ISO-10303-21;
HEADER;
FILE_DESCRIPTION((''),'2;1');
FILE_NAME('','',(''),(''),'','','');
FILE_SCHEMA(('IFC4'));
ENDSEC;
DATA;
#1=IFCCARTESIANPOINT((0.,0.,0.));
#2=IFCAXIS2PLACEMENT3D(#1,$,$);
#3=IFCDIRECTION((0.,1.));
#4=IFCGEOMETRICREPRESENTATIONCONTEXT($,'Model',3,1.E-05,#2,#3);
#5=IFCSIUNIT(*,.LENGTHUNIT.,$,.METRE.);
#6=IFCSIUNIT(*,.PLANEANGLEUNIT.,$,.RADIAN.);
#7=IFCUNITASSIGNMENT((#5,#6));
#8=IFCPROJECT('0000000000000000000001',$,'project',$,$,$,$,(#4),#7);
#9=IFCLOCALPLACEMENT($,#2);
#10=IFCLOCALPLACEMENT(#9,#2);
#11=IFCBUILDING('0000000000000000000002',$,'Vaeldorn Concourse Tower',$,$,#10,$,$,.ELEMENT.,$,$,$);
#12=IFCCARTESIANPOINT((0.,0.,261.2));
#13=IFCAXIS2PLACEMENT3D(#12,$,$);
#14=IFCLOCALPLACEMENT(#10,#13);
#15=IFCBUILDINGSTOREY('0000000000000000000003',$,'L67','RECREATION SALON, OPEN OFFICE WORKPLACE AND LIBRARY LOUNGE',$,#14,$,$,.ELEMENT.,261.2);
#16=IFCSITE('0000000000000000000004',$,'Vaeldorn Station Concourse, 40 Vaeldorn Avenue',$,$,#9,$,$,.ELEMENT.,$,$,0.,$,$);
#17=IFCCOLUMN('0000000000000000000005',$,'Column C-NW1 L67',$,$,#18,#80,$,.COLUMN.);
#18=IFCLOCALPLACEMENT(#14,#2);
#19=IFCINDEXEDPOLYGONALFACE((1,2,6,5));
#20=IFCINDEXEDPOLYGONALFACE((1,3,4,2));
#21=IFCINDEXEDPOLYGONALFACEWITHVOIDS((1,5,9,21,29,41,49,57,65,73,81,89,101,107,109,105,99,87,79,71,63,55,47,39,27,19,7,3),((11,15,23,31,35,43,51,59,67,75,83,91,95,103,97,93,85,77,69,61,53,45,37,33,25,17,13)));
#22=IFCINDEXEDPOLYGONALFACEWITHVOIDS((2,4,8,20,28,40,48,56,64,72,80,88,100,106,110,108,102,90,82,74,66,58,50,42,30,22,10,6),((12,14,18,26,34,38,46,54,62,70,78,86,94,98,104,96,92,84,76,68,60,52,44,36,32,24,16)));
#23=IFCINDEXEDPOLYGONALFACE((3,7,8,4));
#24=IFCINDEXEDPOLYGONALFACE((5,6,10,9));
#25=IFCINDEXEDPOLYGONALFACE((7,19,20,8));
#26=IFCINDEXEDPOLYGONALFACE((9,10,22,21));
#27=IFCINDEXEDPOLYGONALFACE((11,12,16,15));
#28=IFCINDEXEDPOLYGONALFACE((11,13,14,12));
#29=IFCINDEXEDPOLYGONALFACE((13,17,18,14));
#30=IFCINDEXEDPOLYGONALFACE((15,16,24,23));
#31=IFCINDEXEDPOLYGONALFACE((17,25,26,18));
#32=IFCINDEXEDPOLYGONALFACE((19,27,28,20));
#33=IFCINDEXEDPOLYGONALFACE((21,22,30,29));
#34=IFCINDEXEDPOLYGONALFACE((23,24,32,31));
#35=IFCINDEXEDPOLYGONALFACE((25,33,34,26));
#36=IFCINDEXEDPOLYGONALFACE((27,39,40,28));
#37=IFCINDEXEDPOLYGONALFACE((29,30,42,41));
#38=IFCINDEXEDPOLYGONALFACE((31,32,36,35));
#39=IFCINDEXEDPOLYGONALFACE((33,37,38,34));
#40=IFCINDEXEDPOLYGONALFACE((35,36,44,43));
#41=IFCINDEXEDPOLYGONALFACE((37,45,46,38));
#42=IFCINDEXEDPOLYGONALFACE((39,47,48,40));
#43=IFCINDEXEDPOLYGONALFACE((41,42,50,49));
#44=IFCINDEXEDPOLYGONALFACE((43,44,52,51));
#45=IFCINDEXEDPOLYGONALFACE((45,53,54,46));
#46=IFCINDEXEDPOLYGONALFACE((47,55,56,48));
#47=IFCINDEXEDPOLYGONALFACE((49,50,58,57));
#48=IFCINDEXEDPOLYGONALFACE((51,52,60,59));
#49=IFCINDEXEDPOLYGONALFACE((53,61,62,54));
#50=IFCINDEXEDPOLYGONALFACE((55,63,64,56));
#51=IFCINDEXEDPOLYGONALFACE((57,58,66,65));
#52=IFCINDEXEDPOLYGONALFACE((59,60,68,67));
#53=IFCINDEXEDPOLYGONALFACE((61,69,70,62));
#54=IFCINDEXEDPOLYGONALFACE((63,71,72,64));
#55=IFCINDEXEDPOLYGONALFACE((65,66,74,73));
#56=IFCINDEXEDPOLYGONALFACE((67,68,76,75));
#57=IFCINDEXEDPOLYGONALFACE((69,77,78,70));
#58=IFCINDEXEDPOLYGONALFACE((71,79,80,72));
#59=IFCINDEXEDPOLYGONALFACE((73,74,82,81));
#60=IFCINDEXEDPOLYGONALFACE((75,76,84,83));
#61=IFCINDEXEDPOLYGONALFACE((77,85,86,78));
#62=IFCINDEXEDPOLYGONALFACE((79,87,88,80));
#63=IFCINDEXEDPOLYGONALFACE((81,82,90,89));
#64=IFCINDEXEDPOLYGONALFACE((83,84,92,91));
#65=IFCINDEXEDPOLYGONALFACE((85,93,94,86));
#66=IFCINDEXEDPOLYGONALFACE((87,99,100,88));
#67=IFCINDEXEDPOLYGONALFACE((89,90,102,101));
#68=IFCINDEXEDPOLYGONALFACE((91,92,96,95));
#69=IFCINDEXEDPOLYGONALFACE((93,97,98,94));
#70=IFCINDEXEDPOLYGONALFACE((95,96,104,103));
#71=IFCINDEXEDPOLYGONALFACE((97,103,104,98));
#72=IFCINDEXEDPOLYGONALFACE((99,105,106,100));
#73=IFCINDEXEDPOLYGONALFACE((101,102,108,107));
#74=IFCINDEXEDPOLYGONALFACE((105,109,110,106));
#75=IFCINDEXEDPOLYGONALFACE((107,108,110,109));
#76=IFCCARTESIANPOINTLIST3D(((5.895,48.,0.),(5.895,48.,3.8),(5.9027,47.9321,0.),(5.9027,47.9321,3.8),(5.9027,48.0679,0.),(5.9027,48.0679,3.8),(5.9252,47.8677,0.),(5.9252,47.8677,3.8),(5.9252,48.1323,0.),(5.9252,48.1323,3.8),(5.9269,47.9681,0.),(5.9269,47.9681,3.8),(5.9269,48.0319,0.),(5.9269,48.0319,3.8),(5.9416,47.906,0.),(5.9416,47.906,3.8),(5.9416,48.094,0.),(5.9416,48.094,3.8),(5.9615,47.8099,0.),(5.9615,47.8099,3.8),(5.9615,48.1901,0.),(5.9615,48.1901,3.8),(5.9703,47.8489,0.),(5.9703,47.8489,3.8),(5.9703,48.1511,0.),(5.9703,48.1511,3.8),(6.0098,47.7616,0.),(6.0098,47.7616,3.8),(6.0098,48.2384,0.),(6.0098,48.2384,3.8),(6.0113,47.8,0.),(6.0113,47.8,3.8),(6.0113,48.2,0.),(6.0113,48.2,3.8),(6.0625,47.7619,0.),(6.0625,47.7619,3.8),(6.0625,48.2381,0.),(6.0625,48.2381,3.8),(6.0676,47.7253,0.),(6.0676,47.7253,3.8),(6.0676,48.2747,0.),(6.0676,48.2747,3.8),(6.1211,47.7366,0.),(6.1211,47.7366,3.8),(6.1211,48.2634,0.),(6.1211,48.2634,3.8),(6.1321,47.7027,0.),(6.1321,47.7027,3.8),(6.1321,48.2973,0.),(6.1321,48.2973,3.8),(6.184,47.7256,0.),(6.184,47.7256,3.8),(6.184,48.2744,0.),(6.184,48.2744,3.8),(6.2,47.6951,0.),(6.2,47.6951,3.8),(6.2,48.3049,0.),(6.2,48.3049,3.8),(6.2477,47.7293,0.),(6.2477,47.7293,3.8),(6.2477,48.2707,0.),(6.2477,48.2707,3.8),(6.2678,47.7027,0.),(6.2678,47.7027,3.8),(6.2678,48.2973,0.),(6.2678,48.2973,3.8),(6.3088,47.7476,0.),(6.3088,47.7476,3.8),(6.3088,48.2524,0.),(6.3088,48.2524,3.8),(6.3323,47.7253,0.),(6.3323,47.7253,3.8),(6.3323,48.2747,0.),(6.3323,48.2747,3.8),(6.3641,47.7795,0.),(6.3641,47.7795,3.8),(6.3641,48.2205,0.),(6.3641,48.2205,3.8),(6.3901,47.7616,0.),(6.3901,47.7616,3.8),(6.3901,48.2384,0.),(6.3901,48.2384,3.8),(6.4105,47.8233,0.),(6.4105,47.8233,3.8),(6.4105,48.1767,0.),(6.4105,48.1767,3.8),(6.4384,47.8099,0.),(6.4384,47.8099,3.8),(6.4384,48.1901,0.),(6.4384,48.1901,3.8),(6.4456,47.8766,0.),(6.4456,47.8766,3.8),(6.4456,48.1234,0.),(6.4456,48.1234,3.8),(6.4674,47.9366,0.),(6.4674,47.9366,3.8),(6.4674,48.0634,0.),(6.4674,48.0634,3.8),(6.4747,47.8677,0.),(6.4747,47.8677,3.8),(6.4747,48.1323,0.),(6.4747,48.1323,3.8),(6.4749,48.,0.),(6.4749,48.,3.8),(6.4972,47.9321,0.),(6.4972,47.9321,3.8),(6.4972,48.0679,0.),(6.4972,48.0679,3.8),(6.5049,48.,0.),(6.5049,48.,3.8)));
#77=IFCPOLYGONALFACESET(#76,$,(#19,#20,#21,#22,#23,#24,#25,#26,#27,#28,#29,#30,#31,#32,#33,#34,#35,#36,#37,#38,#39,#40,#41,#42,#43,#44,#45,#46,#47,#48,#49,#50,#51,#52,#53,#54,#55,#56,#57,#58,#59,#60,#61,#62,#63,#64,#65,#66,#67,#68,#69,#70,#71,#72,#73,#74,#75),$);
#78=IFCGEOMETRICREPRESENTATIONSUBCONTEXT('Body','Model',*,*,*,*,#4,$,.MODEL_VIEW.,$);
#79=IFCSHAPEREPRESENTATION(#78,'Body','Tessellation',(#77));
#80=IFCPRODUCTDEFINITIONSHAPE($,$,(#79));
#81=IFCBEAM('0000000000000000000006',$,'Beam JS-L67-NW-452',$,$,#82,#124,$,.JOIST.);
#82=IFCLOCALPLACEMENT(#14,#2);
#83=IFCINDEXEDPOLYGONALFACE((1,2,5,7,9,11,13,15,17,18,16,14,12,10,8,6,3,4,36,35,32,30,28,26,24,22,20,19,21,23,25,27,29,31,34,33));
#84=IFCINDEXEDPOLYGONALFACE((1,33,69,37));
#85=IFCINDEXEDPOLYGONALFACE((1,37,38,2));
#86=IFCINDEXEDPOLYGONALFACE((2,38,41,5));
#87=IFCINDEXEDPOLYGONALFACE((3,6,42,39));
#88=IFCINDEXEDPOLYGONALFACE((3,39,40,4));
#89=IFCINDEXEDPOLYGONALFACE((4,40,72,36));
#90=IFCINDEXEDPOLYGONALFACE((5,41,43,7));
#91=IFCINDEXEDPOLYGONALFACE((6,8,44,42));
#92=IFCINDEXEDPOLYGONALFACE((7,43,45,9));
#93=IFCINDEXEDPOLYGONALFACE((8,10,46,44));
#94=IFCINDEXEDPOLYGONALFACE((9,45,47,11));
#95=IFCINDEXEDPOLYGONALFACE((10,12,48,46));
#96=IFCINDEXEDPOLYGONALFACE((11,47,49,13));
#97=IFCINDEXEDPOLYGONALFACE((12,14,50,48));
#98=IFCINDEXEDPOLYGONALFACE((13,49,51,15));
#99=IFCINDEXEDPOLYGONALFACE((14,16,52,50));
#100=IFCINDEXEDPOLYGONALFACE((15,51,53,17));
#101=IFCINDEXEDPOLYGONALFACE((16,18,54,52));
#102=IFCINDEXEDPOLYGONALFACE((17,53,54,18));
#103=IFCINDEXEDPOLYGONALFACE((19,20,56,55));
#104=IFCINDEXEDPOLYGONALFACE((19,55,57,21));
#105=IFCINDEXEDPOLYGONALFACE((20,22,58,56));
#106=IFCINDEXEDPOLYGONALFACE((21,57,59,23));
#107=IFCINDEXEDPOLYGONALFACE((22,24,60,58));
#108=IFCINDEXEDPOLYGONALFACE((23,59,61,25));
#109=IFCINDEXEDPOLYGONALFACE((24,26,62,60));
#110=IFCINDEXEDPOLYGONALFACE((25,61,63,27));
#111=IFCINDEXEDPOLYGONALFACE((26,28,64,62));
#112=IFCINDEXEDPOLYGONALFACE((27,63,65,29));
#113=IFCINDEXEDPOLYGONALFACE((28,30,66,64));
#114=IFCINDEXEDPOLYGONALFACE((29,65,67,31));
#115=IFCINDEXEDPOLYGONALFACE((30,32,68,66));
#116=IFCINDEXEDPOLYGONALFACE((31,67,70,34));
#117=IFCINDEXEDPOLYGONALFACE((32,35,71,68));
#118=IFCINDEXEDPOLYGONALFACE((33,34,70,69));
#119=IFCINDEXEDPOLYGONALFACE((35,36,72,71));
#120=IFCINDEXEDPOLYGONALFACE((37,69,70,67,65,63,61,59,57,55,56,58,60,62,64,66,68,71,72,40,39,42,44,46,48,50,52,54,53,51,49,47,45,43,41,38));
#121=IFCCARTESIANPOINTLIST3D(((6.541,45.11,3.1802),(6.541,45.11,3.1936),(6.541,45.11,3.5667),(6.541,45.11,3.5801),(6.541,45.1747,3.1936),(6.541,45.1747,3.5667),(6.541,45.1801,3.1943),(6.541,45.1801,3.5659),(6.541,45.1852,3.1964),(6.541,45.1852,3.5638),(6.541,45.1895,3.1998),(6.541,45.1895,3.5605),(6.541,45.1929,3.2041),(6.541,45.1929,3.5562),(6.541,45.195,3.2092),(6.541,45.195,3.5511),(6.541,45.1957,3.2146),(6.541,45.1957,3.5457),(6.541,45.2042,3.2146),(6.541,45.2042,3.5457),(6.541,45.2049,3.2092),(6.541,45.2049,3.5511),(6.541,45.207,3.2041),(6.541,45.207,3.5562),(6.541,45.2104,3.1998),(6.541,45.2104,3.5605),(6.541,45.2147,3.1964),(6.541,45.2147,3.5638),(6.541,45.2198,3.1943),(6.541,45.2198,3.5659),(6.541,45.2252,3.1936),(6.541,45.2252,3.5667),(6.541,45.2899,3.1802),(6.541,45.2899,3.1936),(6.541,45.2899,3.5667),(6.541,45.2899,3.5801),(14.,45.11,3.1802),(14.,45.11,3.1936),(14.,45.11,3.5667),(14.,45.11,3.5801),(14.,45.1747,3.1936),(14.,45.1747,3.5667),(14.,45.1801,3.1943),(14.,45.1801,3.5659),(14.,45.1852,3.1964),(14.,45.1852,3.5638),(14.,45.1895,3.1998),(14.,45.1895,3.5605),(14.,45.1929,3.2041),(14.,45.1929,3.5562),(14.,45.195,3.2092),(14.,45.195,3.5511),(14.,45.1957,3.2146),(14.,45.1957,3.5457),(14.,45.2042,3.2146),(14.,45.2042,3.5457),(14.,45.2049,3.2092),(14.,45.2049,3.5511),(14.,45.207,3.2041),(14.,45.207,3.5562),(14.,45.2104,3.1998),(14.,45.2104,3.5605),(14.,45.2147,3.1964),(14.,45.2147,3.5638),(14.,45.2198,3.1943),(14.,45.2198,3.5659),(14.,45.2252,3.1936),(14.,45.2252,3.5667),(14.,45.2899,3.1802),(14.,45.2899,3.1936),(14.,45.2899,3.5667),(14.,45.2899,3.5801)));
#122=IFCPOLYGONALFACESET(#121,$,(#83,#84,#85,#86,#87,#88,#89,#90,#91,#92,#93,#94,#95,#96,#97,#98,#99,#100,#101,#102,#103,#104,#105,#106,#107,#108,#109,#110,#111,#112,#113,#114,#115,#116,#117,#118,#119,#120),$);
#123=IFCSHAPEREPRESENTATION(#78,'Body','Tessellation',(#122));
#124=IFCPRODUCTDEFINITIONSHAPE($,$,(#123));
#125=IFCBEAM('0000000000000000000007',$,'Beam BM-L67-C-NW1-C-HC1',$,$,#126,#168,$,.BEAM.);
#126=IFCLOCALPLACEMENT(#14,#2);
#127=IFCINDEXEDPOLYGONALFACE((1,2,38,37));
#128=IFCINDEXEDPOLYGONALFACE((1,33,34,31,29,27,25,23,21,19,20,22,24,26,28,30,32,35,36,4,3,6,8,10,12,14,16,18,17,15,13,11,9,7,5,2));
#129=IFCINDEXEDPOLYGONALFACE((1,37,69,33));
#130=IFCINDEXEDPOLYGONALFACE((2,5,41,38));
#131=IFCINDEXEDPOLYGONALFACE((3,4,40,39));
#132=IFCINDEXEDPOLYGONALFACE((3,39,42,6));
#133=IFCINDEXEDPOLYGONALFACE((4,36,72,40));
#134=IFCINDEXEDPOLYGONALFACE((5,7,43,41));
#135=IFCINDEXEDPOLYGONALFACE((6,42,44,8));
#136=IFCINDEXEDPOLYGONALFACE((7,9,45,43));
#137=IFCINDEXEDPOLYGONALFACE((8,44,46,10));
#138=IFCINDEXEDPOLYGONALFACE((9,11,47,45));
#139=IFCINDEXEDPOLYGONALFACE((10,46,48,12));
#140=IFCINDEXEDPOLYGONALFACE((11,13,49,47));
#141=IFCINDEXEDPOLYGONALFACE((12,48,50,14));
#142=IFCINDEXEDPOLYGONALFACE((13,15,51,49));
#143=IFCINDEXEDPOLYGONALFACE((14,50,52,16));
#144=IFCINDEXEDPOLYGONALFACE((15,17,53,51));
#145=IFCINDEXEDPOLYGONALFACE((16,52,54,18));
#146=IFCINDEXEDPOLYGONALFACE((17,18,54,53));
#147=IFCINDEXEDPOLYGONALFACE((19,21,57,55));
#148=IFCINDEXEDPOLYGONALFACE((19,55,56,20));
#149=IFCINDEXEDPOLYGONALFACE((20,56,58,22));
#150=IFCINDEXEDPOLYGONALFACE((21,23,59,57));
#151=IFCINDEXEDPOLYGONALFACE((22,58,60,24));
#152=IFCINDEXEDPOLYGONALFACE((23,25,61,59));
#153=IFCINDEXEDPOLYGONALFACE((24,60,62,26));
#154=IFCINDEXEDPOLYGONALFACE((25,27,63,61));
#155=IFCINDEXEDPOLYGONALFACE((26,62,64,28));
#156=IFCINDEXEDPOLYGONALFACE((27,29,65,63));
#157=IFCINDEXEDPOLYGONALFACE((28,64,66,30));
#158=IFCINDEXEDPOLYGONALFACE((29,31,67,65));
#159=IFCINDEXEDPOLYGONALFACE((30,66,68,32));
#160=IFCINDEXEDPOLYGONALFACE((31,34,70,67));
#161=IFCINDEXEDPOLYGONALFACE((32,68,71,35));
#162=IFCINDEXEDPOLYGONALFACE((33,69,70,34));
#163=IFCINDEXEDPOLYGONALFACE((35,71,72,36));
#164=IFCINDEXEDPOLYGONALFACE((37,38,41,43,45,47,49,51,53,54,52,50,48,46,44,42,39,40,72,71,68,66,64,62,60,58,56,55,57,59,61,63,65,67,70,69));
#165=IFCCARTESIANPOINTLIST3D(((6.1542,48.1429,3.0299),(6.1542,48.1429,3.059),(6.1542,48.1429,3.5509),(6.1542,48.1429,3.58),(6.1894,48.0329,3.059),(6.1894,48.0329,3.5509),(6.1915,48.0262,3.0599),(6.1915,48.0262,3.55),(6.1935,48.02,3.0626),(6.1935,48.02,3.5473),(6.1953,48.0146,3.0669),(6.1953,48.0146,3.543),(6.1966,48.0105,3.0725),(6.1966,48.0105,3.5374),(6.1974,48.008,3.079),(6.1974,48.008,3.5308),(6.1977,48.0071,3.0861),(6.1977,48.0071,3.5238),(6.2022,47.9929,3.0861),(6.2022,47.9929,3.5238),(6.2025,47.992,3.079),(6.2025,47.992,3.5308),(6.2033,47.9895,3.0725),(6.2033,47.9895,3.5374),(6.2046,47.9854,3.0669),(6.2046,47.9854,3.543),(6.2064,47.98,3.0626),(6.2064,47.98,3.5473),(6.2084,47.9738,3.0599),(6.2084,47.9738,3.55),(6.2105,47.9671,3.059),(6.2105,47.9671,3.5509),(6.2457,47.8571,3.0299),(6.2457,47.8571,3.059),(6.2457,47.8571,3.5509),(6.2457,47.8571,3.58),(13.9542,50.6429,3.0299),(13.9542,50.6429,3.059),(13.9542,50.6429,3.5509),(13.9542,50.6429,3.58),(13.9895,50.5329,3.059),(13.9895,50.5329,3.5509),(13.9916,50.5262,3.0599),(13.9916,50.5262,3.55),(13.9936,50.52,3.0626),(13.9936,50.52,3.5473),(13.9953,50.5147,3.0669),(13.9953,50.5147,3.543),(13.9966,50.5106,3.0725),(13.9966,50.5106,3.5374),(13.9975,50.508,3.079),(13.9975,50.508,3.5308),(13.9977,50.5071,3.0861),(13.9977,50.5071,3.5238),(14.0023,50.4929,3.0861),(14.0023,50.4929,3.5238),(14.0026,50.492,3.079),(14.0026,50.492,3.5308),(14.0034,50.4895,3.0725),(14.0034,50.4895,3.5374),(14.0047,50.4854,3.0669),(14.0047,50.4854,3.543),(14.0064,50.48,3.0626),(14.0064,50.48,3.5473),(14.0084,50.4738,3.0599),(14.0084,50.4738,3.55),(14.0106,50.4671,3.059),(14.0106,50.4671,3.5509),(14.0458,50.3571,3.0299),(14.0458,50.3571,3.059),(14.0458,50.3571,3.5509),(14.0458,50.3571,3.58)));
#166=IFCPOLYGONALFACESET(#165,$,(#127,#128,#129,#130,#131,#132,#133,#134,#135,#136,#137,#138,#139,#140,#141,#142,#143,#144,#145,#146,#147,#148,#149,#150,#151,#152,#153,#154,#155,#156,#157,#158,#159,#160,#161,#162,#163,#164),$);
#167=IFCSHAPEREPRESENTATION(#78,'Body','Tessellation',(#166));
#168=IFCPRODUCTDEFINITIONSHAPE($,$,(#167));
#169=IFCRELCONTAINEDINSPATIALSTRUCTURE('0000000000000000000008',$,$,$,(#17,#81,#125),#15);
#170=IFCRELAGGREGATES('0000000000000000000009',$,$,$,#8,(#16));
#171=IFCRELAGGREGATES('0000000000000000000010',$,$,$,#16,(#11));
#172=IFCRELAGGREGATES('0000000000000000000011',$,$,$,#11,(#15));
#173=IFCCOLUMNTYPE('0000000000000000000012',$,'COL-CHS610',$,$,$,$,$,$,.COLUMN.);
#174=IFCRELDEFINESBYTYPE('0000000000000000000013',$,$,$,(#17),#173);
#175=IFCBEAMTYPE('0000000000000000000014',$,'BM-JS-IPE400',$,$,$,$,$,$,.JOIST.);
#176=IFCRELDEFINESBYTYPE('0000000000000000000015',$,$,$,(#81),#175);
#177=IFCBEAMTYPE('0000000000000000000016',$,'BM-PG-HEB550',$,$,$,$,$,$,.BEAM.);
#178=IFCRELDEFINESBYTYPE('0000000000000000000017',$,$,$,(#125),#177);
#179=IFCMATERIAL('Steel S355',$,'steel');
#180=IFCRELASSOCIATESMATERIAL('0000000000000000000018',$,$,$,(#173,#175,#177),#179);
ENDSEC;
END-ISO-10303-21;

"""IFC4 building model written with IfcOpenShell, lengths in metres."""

from ifc_helpers import new_model, si_unit, direction, frame, origin, origin_2d, place, context, subcontext, project, spatial, hollow_circle, i_section, extrude, source, transform, mapped, material, material_profile, profile_set, type_object, element, save


model = new_model("IFC4")

# Units and contexts
model_context = context("Model", 3, precision=1e-05, world=origin(), true_north=direction((0.0, 1.0)))
body_context = subcontext(model_context, "Body", "Model", "MODEL_VIEW")
ifc_project = project(units=[si_unit("LENGTHUNIT", "METRE"), si_unit("PLANEANGLEUNIT", "RADIAN")], contexts=[model_context])

# Site, building, storey
site_placement = place(None, origin())
site = spatial("IfcSite", under=ifc_project, at=site_placement, Name="Vaeldorn Station Concourse, 40 Vaeldorn Avenue", CompositionType="ELEMENT", RefElevation=0.0)
building_placement = place(site_placement, origin())
building = spatial("IfcBuilding", under=site, at=building_placement, Name="Vaeldorn Concourse Tower", CompositionType="ELEMENT")
storey_placement = place(building_placement, frame((0.0, 0.0, 261.2)))
storey = spatial("IfcBuildingStorey", under=building, at=storey_placement, Name="L67", Description="RECREATION SALON, OPEN OFFICE WORKPLACE AND LIBRARY LOUNGE", CompositionType="ELEMENT", Elevation=261.2)

# Column
ifc_material_1 = material(Name="Steel S355", Category="steel")
ifc_material_profile_1 = material_profile(ifc_material_1, hollow_circle(Radius=0.3049, WallThickness=0.03, at=origin_2d()), Name="CHS 610x30")
ifc_profile_set_1 = profile_set([ifc_material_profile_1], Name="Steel S355")
column_type = type_object("IfcColumnType", Name="COL-CHS610", PredefinedType="COLUMN", material=ifc_profile_set_1)
shared_shape_1 = source(origin(), body_context, "Body", "SweptSolid", [
    extrude(hollow_circle(Radius=0.3049, WallThickness=0.03, at=origin_2d()), origin(), (0.0, 0.0, 1.0), 3.8),
])
column_placement = place(storey_placement, frame((6.2, 48.0, 0.0), z_axis=(0.0, 0.0, 1.0), x_axis=(1.0, 0.0, 0.0)))
element("IfcColumn", 1, at=column_placement, inside=storey, type_object=column_type, Name="Column C-NW1 L67", PredefinedType="COLUMN", context=body_context, shape_type="MappedRepresentation", body=[
    mapped(shared_shape_1, transform((0.0, 0.0, 0.0), scale=1.0)),
])

# Beams
ifc_material_profile_2 = material_profile(ifc_material_1, i_section(OverallWidth=0.1799, OverallDepth=0.3999, WebThickness=0.0085, FlangeThickness=0.0134, FilletRadius=0.021, at=origin_2d()), Name="IPE 400")
ifc_profile_set_2 = profile_set([ifc_material_profile_2], Name="Steel S355")
beam_type_1 = type_object("IfcBeamType", Name="BM-JS-IPE400", PredefinedType="JOIST", material=ifc_profile_set_2)
shared_shape_2 = source(origin(), body_context, "Body", "SweptSolid", [
    extrude(i_section(OverallWidth=0.1799, OverallDepth=0.3999, WebThickness=0.0085, FlangeThickness=0.0134, FilletRadius=0.021, at=origin_2d()), origin(), (0.0, 0.0, 1.0), 7.459),
])
beam_1_placement = place(storey_placement, frame((6.541, 45.2, 3.3801), z_axis=(1.0, 0.0, 0.0), x_axis=(0.0, 1.0, 0.0)))
element("IfcBeam", 2, at=beam_1_placement, inside=storey, type_object=beam_type_1, Name="Beam JS-L67-NW-452", PredefinedType="JOIST", context=body_context, shape_type="MappedRepresentation", body=[
    mapped(shared_shape_2, transform((0.0, 0.0, 0.0), scale=1.0)),
])
ifc_material_profile_3 = material_profile(ifc_material_1, i_section(OverallWidth=0.3, OverallDepth=0.55, WebThickness=0.0149, FlangeThickness=0.0291, FilletRadius=0.0271, at=origin_2d()), Name="HEB 550")
ifc_profile_set_3 = profile_set([ifc_material_profile_3], Name="Steel S355")
beam_type_2 = type_object("IfcBeamType", Name="BM-PG-HEB550", PredefinedType="BEAM", material=ifc_profile_set_3)
shared_shape_3 = source(origin(), body_context, "Body", "SweptSolid", [
    extrude(i_section(OverallWidth=0.3, OverallDepth=0.55, WebThickness=0.0149, FlangeThickness=0.0291, FilletRadius=0.0271, at=origin_2d()), origin(), (0.0, 0.0, 1.0), 8.1909),
])
beam_2_placement = place(storey_placement, frame((6.2, 48.0, 3.3049), z_axis=(0.952283, 0.305217, 0.0), x_axis=(-0.305217, 0.952283, 0.0)))
element("IfcBeam", 3, at=beam_2_placement, inside=storey, type_object=beam_type_2, Name="Beam BM-L67-C-NW1-C-HC1", PredefinedType="BEAM", context=body_context, shape_type="MappedRepresentation", body=[
    mapped(shared_shape_3, transform((0.0, 0.0, 0.0), scale=1.0)),
])

save(model, "model.ifc")
